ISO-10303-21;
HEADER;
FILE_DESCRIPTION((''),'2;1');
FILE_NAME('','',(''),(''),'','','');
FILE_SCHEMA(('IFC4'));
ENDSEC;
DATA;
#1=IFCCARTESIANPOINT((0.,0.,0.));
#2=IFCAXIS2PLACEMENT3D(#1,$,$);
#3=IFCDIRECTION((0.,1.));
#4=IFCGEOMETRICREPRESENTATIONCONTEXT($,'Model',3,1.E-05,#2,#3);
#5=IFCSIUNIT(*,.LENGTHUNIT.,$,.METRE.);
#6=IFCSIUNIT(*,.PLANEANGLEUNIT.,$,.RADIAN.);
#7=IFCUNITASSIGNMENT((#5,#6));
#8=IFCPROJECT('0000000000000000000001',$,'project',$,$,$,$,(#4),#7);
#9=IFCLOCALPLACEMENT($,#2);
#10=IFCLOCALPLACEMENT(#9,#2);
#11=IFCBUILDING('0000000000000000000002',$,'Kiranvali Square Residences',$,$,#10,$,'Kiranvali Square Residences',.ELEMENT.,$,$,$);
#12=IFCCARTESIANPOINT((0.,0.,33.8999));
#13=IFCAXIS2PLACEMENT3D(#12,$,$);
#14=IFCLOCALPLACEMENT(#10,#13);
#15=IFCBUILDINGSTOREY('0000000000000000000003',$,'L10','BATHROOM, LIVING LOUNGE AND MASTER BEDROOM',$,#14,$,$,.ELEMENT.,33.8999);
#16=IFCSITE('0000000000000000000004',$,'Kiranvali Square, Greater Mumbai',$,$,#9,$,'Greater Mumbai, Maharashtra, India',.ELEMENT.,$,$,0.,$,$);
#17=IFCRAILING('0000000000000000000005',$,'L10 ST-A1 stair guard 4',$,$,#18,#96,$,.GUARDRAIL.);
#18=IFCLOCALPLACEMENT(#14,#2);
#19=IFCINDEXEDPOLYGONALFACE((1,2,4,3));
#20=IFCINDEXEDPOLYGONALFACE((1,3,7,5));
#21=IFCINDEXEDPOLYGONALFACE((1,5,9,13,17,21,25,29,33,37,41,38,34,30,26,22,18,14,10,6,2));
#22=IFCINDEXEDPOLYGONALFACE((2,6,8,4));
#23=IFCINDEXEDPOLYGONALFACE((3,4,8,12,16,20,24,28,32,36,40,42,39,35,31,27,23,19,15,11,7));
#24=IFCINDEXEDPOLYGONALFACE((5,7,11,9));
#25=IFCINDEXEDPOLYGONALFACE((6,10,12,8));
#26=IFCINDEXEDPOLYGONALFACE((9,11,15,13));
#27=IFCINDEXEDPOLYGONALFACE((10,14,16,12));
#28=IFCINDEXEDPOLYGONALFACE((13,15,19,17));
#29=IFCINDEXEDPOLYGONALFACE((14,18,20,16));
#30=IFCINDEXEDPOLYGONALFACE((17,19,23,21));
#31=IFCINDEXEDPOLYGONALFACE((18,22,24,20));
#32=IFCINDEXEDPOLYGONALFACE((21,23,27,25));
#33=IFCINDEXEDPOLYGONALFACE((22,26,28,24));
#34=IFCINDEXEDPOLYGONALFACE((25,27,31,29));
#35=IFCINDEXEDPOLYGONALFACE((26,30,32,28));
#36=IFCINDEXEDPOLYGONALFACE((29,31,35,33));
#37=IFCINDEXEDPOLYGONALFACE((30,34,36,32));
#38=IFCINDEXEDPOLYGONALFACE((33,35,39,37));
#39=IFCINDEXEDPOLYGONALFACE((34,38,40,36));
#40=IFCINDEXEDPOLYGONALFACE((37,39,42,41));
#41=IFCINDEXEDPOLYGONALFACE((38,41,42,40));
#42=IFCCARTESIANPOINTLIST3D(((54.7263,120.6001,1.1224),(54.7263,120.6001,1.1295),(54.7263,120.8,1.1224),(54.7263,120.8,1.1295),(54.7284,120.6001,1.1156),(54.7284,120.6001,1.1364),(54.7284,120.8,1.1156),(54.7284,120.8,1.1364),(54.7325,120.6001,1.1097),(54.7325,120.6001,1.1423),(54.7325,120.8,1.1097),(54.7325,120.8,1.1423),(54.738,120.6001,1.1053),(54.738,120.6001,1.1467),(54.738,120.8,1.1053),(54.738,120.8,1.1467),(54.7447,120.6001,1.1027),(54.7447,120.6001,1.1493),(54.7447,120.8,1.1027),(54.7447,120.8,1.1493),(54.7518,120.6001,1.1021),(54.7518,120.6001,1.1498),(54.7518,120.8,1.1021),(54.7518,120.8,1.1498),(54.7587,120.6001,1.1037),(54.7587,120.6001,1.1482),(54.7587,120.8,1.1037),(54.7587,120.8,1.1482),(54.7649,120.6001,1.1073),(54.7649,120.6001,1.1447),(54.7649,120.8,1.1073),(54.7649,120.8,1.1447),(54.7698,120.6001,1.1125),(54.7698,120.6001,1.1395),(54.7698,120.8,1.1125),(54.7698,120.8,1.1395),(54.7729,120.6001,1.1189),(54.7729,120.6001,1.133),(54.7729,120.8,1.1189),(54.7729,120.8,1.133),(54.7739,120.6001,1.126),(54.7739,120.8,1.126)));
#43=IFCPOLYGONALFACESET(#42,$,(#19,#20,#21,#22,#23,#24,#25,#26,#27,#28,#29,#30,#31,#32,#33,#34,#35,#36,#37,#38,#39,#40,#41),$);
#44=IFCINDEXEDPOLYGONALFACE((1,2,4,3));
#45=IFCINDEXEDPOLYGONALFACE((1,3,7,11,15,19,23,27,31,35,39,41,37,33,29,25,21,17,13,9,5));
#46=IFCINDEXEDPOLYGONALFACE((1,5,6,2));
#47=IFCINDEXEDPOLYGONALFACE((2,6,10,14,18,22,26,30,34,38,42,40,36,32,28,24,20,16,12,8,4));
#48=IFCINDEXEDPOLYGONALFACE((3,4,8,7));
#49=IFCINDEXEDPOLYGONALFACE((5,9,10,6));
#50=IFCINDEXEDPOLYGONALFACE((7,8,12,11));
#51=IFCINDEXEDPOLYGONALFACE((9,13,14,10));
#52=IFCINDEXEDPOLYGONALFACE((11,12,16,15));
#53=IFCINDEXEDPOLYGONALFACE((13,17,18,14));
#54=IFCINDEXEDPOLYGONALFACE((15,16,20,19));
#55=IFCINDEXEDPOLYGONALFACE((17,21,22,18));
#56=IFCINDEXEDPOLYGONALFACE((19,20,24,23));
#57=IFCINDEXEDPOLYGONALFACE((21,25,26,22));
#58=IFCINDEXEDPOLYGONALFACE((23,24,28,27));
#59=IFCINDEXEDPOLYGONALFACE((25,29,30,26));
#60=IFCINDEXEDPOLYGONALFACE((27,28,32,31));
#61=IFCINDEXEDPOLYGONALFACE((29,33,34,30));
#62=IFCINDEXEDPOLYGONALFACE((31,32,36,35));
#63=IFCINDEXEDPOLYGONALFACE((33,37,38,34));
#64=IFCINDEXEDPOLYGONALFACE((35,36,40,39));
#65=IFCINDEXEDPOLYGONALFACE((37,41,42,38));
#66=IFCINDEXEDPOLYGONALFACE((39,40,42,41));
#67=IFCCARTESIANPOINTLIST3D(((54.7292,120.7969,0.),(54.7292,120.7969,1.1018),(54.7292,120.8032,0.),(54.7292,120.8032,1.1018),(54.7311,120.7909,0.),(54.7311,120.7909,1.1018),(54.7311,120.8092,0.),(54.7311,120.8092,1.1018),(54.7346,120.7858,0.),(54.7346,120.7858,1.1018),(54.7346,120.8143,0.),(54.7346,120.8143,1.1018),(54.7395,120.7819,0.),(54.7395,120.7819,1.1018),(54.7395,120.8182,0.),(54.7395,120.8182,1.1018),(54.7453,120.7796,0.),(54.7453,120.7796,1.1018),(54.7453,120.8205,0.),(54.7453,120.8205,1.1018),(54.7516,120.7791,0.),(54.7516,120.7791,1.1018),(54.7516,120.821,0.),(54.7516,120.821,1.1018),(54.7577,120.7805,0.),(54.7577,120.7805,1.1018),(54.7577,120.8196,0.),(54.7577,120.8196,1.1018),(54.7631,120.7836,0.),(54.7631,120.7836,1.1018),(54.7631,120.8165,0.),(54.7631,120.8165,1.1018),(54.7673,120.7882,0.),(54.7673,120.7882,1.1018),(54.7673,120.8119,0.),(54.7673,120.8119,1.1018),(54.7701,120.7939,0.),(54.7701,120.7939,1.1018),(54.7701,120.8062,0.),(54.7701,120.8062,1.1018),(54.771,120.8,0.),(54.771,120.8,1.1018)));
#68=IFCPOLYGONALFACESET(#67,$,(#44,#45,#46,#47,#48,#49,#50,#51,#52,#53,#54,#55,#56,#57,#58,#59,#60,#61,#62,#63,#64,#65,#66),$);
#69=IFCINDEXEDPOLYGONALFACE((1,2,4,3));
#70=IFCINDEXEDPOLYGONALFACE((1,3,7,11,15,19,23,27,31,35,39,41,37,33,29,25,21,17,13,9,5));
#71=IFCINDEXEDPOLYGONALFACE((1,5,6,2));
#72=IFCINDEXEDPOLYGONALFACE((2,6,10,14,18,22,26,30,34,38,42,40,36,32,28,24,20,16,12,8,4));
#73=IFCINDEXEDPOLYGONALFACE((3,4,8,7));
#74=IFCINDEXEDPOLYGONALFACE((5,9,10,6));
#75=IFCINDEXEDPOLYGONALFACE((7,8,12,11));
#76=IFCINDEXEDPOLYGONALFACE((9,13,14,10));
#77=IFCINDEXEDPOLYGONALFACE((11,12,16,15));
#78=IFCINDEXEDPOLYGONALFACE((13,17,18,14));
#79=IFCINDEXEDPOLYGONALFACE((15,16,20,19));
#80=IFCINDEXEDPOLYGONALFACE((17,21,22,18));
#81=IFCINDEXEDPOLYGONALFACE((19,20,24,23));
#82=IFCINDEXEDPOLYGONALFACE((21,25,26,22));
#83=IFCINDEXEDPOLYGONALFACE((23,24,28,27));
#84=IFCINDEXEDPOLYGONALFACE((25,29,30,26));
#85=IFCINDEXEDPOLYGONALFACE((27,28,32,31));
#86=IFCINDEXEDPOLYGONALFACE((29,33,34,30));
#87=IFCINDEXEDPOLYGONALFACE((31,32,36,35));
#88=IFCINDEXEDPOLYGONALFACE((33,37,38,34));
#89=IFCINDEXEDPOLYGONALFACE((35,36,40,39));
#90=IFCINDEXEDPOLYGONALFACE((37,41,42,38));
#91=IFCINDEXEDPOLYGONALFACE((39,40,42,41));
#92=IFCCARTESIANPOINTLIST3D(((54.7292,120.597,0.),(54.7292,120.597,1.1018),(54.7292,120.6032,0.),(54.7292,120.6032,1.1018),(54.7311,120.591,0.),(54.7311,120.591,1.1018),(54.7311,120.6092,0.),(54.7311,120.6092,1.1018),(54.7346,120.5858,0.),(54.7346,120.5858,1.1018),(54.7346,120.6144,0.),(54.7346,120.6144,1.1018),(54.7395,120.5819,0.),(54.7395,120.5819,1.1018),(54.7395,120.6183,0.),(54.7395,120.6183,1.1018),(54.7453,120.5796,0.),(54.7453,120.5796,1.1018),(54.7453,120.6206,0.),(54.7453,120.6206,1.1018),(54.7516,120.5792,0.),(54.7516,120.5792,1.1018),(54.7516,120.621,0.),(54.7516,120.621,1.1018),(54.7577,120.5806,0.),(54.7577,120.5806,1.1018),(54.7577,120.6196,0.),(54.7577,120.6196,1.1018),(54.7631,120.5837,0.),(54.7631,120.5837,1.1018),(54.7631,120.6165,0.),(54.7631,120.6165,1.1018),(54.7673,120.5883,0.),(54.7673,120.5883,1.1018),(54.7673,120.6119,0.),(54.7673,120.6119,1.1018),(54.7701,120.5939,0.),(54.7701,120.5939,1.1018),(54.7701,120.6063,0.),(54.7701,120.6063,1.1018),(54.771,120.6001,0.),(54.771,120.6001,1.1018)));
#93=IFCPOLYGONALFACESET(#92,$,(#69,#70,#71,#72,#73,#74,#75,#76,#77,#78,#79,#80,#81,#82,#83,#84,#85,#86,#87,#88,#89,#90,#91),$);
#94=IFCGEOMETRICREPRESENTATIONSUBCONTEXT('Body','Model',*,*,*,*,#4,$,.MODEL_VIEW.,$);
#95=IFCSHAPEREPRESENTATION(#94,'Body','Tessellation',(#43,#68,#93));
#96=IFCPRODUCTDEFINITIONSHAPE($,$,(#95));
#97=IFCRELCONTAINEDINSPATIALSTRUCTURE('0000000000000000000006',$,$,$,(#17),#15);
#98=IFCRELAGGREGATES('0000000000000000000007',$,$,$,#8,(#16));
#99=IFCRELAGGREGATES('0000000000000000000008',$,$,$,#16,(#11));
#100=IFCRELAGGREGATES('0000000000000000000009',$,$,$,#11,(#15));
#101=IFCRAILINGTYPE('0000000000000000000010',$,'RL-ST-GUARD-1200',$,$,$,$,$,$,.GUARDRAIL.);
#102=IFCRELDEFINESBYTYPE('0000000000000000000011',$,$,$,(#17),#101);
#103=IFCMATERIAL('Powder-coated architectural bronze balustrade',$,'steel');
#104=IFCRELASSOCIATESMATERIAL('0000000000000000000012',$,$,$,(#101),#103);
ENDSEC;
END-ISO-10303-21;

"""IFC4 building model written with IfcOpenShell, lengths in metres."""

from ifc_helpers import new_model, si_unit, direction, frame, origin, origin_2d, place, context, subcontext, project, spatial, circle, extrude, material, type_object, element, save


model = new_model("IFC4")

# Units and contexts
model_context = context("Model", 3, precision=1e-05, world=origin(), true_north=direction((0.0, 1.0)))
body_context = subcontext(model_context, "Body", "Model", "MODEL_VIEW")
ifc_project = project(units=[si_unit("LENGTHUNIT", "METRE"), si_unit("PLANEANGLEUNIT", "RADIAN")], contexts=[model_context])

# Site, building, storey
site_placement = place(None, origin())
site = spatial("IfcSite", under=ifc_project, at=site_placement, Name="Kiranvali Square, Greater Mumbai", LongName="Greater Mumbai, Maharashtra, India", CompositionType="ELEMENT", RefElevation=0.0)
building_placement = place(site_placement, origin())
building = spatial("IfcBuilding", under=site, at=building_placement, Name="Kiranvali Square Residences", LongName="Kiranvali Square Residences", CompositionType="ELEMENT")
storey_placement = place(building_placement, frame((0.0, 0.0, 33.8999)))
storey = spatial("IfcBuildingStorey", under=building, at=storey_placement, Name="L10", Description="BATHROOM, LIVING LOUNGE AND MASTER BEDROOM", CompositionType="ELEMENT", Elevation=33.8999)

# Railing
ifc_material_1 = material(Name="Powder-coated architectural bronze balustrade", Category="steel")
railing_type_1 = type_object("IfcRailingType", Name="RL-ST-GUARD-1200", PredefinedType="GUARDRAIL", material=ifc_material_1)
railing_1_placement = place(storey_placement, frame((54.75, 120.8, 0.0)))
element("IfcRailing", 1, at=railing_1_placement, inside=storey, type_object=railing_type_1, Name="L10 ST-A1 stair guard 4", PredefinedType="GUARDRAIL", context=body_context, shape_type="SweptSolid", body=[
    extrude(circle(Radius=0.0239, at=origin_2d()), frame((0.0, 0.0, 1.126), z_axis=(0.0, -1.0, 0.0), x_axis=(1.0, 0.0, 0.0)), (0.0, 0.0, 1.0), 0.2),
    extrude(circle(Radius=0.021, at=origin_2d()), origin(), (0.0, 0.0, 1.0), 1.1018),
    extrude(circle(Radius=0.021, at=origin_2d()), frame((0.0, -0.2, 0.0)), (0.0, 0.0, 1.0), 1.1018),
])

save(model, "model.ifc")
